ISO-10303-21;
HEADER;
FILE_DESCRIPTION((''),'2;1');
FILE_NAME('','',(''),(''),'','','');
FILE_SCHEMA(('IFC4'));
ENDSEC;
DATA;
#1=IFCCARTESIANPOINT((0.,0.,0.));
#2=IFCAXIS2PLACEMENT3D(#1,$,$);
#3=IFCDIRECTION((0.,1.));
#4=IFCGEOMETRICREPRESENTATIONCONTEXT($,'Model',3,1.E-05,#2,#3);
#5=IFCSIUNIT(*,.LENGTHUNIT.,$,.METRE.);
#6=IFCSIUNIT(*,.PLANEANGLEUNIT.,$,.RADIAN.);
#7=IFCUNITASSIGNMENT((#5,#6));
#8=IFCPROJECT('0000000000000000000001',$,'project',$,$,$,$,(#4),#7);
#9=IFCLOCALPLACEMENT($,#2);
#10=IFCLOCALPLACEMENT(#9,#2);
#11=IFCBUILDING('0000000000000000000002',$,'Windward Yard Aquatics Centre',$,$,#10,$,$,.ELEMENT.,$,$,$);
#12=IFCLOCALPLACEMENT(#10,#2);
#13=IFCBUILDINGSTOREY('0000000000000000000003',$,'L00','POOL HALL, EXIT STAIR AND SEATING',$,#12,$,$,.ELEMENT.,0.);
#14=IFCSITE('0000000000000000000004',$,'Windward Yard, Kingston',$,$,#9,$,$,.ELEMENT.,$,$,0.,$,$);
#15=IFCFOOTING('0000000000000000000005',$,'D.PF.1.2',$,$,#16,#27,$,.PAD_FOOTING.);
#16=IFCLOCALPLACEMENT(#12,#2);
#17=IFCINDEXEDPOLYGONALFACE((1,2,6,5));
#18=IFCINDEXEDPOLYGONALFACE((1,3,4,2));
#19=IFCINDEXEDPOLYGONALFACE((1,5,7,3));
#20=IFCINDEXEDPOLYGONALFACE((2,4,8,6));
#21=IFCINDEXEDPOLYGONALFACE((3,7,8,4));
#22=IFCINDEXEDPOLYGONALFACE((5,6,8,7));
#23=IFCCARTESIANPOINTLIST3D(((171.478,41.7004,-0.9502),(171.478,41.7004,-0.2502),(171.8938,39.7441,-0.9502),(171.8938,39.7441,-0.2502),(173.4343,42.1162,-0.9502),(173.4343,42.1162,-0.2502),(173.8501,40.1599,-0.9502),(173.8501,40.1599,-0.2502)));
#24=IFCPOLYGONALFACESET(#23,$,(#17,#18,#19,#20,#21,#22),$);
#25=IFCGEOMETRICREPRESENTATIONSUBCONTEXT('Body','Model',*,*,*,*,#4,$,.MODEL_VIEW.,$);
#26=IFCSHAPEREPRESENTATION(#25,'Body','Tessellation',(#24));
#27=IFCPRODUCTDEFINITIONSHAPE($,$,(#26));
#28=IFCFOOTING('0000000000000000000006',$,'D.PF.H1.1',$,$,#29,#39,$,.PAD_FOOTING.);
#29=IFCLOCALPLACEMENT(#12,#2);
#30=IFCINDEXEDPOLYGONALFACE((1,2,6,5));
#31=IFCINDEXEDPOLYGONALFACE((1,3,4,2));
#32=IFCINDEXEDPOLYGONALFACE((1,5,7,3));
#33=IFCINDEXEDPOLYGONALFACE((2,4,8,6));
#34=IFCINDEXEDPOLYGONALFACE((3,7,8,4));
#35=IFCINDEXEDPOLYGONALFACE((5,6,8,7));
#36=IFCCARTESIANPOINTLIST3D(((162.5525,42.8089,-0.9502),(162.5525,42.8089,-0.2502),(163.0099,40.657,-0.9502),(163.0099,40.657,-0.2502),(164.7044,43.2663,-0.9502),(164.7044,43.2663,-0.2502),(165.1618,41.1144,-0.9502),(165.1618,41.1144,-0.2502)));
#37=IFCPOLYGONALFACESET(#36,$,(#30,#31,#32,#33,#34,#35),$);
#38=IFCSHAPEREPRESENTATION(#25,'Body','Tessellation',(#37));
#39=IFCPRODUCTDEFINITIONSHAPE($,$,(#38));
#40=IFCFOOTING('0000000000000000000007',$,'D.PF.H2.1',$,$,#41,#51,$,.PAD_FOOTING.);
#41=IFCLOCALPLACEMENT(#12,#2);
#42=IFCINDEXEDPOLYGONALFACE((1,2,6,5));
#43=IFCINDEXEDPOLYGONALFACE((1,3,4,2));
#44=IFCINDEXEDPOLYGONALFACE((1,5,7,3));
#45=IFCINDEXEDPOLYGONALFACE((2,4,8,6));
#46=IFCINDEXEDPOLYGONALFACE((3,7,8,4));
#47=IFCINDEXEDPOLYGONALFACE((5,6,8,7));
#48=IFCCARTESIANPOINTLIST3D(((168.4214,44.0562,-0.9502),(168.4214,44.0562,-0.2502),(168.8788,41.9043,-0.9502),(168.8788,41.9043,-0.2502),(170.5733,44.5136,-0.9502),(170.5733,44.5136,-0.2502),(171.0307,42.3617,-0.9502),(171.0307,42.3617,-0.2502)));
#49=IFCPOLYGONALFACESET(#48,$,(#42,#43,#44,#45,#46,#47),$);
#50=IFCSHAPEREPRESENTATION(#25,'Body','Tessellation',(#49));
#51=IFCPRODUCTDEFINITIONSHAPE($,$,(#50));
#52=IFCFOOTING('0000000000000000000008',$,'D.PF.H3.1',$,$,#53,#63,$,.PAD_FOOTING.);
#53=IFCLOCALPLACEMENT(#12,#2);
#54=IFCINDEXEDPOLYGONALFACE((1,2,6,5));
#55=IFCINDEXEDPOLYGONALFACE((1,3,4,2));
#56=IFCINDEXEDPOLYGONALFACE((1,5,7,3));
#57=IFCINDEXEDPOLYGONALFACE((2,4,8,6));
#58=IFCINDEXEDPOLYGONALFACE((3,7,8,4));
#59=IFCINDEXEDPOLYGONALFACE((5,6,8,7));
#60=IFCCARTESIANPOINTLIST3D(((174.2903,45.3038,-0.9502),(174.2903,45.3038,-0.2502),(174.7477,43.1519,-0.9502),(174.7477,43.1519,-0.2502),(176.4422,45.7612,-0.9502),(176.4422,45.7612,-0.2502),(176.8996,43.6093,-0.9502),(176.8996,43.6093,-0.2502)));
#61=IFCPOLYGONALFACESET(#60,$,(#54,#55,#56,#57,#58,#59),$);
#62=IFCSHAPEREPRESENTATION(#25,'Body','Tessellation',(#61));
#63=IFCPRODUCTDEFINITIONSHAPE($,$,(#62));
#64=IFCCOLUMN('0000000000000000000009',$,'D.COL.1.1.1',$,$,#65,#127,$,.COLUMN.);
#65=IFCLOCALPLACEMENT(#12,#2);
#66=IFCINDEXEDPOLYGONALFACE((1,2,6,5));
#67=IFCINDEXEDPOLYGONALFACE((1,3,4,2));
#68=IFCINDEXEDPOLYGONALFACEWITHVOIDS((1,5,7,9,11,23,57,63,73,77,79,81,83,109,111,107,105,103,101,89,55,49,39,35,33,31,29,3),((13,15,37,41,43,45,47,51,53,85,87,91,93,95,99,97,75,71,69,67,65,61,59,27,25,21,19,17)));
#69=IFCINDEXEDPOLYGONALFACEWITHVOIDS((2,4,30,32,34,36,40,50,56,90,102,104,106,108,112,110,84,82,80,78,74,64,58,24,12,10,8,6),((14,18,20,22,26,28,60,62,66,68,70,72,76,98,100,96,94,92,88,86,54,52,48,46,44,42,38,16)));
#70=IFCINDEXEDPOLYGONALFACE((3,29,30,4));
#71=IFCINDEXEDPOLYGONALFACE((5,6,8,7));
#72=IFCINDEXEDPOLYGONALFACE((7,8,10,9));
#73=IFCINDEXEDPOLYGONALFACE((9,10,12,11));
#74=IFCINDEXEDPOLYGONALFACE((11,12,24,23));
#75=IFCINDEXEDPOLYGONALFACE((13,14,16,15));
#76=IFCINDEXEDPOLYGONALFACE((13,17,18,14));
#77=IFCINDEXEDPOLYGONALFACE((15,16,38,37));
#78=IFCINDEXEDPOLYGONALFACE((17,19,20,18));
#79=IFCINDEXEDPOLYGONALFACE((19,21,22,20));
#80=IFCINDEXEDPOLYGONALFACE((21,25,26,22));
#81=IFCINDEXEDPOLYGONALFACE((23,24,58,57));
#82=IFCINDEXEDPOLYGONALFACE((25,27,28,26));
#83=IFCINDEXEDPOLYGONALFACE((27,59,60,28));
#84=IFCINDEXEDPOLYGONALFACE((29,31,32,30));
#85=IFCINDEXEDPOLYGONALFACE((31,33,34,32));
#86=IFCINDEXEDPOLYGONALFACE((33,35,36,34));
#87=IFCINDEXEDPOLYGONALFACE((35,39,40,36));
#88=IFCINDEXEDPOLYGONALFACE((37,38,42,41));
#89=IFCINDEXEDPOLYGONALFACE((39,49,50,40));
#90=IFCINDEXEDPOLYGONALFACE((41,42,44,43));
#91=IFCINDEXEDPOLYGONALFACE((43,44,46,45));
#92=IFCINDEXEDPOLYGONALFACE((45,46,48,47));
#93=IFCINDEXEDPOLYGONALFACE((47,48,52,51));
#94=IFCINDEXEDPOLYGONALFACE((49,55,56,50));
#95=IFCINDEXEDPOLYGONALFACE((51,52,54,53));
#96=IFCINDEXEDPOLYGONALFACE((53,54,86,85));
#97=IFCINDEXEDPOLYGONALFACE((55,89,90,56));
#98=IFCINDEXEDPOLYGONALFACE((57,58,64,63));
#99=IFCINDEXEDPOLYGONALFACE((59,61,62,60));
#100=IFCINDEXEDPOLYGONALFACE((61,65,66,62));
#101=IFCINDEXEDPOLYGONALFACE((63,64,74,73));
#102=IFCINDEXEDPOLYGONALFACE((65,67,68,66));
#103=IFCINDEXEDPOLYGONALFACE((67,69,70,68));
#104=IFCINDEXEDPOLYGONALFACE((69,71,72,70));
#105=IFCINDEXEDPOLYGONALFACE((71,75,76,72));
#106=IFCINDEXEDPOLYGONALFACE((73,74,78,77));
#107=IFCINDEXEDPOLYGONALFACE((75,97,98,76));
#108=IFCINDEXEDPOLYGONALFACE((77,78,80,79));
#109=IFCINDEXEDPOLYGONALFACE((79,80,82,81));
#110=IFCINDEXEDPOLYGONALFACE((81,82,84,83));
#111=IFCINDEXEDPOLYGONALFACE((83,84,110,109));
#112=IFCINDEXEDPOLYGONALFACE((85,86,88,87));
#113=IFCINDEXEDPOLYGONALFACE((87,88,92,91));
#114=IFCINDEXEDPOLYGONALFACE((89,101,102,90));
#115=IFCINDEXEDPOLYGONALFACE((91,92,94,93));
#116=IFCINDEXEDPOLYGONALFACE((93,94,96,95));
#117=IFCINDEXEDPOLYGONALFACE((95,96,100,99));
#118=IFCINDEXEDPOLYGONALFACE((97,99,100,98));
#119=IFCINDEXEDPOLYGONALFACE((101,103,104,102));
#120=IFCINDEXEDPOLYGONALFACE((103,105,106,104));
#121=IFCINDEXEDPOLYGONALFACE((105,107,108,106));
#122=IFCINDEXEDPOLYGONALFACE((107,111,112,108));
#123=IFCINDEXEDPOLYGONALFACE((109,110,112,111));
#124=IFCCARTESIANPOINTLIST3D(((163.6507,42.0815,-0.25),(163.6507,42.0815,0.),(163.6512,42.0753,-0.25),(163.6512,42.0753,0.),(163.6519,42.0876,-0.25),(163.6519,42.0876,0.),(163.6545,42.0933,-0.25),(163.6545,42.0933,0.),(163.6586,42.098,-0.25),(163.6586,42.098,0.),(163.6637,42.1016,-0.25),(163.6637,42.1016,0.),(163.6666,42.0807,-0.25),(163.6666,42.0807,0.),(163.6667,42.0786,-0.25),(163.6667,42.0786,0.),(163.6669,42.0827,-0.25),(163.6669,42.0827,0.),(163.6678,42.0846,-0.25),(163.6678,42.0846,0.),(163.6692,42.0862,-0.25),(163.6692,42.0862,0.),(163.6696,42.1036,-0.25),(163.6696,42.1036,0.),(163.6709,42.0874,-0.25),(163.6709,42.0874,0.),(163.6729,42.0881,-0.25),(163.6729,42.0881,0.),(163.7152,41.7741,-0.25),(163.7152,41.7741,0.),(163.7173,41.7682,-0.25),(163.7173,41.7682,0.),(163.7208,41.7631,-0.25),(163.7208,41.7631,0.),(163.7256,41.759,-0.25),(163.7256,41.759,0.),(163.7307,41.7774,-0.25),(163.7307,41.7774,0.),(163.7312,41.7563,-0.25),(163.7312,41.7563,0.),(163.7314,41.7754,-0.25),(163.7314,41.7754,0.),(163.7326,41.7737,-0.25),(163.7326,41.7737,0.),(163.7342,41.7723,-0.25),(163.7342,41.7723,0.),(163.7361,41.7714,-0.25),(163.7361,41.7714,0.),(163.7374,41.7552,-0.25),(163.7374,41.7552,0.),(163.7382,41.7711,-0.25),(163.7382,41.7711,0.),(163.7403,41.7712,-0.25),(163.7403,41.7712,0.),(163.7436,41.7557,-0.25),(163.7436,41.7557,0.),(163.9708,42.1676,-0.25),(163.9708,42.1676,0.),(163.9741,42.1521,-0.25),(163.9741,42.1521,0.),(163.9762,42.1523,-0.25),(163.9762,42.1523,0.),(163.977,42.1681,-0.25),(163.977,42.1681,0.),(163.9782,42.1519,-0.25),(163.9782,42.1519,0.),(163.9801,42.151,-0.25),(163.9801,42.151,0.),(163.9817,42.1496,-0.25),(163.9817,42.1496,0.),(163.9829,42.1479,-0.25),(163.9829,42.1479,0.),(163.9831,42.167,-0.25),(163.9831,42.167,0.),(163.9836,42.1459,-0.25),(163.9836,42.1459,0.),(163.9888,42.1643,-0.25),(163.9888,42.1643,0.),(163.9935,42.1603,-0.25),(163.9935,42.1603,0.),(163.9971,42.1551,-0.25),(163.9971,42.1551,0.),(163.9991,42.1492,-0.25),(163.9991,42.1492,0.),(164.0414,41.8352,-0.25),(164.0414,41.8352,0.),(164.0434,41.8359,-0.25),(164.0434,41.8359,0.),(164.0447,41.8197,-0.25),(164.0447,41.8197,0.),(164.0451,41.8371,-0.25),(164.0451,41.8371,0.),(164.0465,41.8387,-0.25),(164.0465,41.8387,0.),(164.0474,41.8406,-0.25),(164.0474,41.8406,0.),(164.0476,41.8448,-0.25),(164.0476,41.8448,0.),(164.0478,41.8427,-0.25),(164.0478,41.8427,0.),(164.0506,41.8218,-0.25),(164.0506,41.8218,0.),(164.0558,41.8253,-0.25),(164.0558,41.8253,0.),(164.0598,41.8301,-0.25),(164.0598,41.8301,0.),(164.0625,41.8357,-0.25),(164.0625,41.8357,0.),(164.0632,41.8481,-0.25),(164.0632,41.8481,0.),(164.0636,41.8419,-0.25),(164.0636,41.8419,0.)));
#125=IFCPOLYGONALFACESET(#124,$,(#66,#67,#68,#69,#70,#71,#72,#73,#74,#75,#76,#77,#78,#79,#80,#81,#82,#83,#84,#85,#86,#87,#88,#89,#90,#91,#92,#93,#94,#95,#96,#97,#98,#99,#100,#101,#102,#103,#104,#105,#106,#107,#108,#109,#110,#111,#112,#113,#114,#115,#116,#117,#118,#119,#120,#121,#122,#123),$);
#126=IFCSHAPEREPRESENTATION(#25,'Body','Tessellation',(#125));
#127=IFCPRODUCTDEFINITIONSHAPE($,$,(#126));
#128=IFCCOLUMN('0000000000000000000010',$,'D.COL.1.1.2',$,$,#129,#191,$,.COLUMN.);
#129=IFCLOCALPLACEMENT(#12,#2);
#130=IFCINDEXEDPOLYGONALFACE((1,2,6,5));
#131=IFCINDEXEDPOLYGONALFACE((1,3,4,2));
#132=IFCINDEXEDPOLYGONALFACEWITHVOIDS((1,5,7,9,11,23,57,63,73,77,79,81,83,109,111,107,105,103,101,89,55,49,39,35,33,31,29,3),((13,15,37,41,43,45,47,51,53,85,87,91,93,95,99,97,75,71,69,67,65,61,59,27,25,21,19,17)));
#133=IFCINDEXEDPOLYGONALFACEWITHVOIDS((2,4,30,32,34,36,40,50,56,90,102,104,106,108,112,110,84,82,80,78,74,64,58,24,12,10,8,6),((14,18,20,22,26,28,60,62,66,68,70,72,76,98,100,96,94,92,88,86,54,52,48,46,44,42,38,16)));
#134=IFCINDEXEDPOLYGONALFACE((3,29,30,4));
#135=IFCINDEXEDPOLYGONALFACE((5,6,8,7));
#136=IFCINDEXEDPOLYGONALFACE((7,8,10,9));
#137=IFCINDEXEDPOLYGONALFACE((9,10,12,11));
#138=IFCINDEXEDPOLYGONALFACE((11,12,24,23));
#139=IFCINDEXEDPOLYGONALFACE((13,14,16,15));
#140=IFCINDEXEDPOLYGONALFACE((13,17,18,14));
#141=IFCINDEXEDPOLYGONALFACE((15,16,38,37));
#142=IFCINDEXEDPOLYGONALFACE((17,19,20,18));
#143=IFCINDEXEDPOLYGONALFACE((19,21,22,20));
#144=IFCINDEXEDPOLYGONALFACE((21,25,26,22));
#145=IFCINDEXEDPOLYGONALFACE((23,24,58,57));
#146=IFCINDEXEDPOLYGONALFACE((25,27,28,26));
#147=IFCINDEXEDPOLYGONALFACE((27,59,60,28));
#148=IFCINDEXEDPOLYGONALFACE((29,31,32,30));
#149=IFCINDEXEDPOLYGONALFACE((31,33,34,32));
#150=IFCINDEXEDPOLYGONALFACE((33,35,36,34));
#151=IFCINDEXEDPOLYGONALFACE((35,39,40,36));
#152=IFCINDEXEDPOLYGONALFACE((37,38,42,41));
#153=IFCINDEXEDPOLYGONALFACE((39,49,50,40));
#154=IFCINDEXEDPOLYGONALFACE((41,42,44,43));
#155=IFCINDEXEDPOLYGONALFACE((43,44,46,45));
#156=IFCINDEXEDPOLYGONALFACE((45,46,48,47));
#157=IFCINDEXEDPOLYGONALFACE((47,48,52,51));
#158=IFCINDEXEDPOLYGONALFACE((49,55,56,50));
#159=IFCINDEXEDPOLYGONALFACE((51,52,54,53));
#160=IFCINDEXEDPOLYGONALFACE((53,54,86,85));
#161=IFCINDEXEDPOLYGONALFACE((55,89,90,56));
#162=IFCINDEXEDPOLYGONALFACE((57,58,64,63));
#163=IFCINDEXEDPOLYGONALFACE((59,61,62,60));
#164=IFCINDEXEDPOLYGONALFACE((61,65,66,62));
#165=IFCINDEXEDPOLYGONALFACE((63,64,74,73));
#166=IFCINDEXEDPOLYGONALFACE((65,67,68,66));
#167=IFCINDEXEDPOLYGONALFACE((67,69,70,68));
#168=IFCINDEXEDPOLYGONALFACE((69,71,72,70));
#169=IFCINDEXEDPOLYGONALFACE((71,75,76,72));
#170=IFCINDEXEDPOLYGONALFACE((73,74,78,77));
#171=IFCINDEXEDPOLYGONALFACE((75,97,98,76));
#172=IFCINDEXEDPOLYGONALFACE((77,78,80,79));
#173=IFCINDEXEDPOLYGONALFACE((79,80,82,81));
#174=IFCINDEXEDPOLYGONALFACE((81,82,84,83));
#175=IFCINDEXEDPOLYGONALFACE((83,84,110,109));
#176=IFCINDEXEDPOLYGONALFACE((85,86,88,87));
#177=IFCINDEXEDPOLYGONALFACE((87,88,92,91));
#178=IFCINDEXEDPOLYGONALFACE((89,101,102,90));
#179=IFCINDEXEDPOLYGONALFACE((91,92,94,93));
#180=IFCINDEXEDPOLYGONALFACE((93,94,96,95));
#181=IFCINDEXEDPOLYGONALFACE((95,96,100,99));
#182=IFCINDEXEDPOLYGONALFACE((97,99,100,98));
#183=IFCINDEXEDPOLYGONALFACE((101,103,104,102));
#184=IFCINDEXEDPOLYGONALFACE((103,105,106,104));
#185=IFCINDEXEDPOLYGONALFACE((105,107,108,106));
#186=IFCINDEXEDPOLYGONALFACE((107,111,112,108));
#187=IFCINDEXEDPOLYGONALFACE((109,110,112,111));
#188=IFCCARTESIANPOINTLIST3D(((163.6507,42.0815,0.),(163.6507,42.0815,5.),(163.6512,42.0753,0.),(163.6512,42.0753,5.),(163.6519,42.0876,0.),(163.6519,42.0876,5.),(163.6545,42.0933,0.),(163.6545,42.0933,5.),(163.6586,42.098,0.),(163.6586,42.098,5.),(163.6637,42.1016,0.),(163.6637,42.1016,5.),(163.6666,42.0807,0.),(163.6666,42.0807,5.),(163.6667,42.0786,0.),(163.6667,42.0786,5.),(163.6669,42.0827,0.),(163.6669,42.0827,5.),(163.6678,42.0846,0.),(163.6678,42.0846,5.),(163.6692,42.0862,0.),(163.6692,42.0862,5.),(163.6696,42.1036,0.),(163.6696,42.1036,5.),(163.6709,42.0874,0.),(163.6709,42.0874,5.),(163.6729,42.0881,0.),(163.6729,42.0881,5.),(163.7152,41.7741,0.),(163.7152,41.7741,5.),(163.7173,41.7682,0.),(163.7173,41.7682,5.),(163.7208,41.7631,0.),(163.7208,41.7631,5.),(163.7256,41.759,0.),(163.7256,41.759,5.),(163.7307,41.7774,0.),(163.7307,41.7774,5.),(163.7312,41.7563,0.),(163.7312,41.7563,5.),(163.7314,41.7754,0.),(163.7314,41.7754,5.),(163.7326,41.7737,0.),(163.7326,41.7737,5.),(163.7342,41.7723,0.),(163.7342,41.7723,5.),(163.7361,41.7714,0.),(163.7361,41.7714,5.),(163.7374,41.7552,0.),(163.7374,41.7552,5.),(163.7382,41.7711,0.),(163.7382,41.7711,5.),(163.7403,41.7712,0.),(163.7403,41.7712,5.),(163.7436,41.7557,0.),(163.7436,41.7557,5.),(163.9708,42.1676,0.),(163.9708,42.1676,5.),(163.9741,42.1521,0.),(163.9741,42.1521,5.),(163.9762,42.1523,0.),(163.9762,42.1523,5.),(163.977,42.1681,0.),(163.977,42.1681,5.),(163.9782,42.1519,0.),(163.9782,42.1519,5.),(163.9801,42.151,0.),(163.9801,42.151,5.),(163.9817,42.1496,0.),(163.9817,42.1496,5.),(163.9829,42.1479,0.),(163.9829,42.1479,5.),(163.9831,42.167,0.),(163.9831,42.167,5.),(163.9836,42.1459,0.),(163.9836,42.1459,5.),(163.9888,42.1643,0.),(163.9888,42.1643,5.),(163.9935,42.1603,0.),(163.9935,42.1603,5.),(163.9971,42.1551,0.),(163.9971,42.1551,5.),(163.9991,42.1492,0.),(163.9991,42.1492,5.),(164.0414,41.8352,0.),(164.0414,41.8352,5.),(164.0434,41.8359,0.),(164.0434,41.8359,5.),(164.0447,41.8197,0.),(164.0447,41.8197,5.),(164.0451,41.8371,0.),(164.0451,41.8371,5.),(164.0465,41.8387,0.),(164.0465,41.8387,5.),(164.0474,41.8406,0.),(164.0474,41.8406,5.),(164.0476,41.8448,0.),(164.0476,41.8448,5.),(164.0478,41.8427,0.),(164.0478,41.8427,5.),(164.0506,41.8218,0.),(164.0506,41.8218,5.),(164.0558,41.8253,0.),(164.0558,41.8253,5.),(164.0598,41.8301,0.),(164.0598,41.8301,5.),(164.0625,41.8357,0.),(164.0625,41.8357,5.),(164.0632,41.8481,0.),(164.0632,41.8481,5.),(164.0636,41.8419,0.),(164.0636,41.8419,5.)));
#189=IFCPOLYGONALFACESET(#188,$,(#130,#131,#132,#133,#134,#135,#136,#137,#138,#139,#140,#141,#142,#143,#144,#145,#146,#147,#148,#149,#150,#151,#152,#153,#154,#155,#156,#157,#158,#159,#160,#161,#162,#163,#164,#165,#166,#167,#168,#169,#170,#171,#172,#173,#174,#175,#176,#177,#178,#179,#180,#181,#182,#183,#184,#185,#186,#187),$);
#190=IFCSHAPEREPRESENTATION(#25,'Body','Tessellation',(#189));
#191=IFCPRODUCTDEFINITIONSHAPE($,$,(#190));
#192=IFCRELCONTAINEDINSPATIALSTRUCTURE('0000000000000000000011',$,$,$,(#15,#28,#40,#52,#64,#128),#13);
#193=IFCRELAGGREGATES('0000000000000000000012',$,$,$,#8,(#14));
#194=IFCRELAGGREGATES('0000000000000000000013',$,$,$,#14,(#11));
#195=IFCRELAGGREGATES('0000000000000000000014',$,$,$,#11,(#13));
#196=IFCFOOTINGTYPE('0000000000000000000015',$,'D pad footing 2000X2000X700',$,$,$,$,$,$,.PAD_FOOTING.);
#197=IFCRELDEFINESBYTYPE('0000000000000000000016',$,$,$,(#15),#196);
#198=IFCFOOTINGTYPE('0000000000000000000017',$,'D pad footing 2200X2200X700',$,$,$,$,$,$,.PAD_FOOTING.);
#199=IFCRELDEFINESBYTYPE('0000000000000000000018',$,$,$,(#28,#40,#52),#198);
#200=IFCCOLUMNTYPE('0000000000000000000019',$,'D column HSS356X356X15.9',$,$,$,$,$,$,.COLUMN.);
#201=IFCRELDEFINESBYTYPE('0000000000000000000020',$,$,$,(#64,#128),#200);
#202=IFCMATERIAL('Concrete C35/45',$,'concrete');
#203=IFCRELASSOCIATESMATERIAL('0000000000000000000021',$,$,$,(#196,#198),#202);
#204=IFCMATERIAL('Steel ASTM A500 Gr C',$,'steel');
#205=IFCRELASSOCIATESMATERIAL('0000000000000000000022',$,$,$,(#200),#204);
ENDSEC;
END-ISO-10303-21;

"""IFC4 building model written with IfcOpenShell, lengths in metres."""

from ifc_helpers import new_model, si_unit, direction, frame, origin, origin_2d, place, context, subcontext, project, spatial, rectangle, hollow_rectangle, extrude, material, material_profile, profile_set, type_object, element, save


model = new_model("IFC4")

# Units and contexts
model_context = context("Model", 3, precision=1e-05, world=origin(), true_north=direction((0.0, 1.0)))
body_context = subcontext(model_context, "Body", "Model", "MODEL_VIEW")
ifc_project = project(units=[si_unit("LENGTHUNIT", "METRE"), si_unit("PLANEANGLEUNIT", "RADIAN")], contexts=[model_context])

# Site, building, storey
site_placement = place(None, origin())
site = spatial("IfcSite", under=ifc_project, at=site_placement, Name="Windward Yard, Kingston", CompositionType="ELEMENT", RefElevation=0.0)
building_placement = place(site_placement, origin())
building = spatial("IfcBuilding", under=site, at=building_placement, Name="Windward Yard Aquatics Centre", CompositionType="ELEMENT")
storey_placement = place(building_placement, origin())
storey = spatial("IfcBuildingStorey", under=building, at=storey_placement, Name="L00", Description="POOL HALL, EXIT STAIR AND SEATING", CompositionType="ELEMENT", Elevation=0.0)

# Footings
ifc_material_1 = material(Name="Concrete C35/45", Category="concrete")
footing_type_1 = type_object("IfcFootingType", Name="D pad footing 2000X2000X700", PredefinedType="PAD_FOOTING", material=ifc_material_1)
footing_placement = place(storey_placement, frame((172.6641, 40.9302, -0.9502), z_axis=(0.0, 0.0, 1.0), x_axis=(0.978148, 0.207912, 0.0)))
element("IfcFooting", 1, at=footing_placement, inside=storey, type_object=footing_type_1, Name="D.PF.1.2", PredefinedType="PAD_FOOTING", context=body_context, shape_type="SweptSolid", body=[
    extrude(rectangle(XDim=2.0, YDim=2.0, at=origin_2d()), origin(), (0.0, 0.0, 1.0), 0.7),
])
footing_type_2 = type_object("IfcFootingType", Name="D pad footing 2200X2200X700", PredefinedType="PAD_FOOTING", material=ifc_material_1)
for number, where, z_axis, x_axis, name in (
    (2, (163.8572, 41.9617, -0.9502), (0.0, 0.0, 1.0), (0.978148, 0.207912, 0.0), "D.PF.H1.1"),
    (3, (169.7261, 43.209, -0.9502), (0.0, 0.0, 1.0), (0.978148, 0.207912, 0.0), "D.PF.H2.1"),
    (4, (175.595, 44.4565, -0.9502), (0.0, 0.0, 1.0), (0.978148, 0.207912, 0.0), "D.PF.H3.1"),
):
    element("IfcFooting", number, at=place(storey_placement, frame(where, z_axis=z_axis, x_axis=x_axis)), inside=storey, type_object=footing_type_2, Name=name, PredefinedType="PAD_FOOTING", context=body_context, shape_type="SweptSolid", body=[
        extrude(rectangle(XDim=2.2, YDim=2.2, at=origin_2d()), origin(), (0.0, 0.0, 1.0), 0.7),
    ])

# Columns
ifc_material_2 = material(Name="Steel ASTM A500 Gr C", Category="steel")
ifc_material_profile_1 = material_profile(ifc_material_2, hollow_rectangle(XDim=0.3557, YDim=0.3557, WallThickness=0.0159, InnerFilletRadius=0.0081, OuterFilletRadius=0.0239, at=origin_2d()), Name="HSS356X356X15.9")
ifc_profile_set_1 = profile_set([ifc_material_profile_1], Name="Steel ASTM A500 Gr C")
column_type_1 = type_object("IfcColumnType", Name="D column HSS356X356X15.9", PredefinedType="COLUMN", material=ifc_profile_set_1)
column_1_placement = place(storey_placement, frame((163.8572, 41.9617, -0.25), z_axis=(0.0, 0.0, 1.0), x_axis=(0.978148, 0.207912, 0.0)))
element("IfcColumn", 5, at=column_1_placement, inside=storey, type_object=column_type_1, Name="D.COL.1.1.1", PredefinedType="COLUMN", context=body_context, shape_type="SweptSolid", body=[
    extrude(hollow_rectangle(XDim=0.3557, YDim=0.3557, WallThickness=0.0159, InnerFilletRadius=0.0081, OuterFilletRadius=0.0239, at=origin_2d()), origin(), (0.0, 0.0, 1.0), 0.25),
])
column_2_placement = place(storey_placement, frame((163.8572, 41.9617, 0.0), z_axis=(0.0, 0.0, 1.0), x_axis=(0.978148, 0.207912, 0.0)))
element("IfcColumn", 6, at=column_2_placement, inside=storey, type_object=column_type_1, Name="D.COL.1.1.2", PredefinedType="COLUMN", context=body_context, shape_type="SweptSolid", body=[
    extrude(hollow_rectangle(XDim=0.3557, YDim=0.3557, WallThickness=0.0159, InnerFilletRadius=0.0081, OuterFilletRadius=0.0239, at=origin_2d()), origin(), (0.0, 0.0, 1.0), 5.0),
])

save(model, "model.ifc")
